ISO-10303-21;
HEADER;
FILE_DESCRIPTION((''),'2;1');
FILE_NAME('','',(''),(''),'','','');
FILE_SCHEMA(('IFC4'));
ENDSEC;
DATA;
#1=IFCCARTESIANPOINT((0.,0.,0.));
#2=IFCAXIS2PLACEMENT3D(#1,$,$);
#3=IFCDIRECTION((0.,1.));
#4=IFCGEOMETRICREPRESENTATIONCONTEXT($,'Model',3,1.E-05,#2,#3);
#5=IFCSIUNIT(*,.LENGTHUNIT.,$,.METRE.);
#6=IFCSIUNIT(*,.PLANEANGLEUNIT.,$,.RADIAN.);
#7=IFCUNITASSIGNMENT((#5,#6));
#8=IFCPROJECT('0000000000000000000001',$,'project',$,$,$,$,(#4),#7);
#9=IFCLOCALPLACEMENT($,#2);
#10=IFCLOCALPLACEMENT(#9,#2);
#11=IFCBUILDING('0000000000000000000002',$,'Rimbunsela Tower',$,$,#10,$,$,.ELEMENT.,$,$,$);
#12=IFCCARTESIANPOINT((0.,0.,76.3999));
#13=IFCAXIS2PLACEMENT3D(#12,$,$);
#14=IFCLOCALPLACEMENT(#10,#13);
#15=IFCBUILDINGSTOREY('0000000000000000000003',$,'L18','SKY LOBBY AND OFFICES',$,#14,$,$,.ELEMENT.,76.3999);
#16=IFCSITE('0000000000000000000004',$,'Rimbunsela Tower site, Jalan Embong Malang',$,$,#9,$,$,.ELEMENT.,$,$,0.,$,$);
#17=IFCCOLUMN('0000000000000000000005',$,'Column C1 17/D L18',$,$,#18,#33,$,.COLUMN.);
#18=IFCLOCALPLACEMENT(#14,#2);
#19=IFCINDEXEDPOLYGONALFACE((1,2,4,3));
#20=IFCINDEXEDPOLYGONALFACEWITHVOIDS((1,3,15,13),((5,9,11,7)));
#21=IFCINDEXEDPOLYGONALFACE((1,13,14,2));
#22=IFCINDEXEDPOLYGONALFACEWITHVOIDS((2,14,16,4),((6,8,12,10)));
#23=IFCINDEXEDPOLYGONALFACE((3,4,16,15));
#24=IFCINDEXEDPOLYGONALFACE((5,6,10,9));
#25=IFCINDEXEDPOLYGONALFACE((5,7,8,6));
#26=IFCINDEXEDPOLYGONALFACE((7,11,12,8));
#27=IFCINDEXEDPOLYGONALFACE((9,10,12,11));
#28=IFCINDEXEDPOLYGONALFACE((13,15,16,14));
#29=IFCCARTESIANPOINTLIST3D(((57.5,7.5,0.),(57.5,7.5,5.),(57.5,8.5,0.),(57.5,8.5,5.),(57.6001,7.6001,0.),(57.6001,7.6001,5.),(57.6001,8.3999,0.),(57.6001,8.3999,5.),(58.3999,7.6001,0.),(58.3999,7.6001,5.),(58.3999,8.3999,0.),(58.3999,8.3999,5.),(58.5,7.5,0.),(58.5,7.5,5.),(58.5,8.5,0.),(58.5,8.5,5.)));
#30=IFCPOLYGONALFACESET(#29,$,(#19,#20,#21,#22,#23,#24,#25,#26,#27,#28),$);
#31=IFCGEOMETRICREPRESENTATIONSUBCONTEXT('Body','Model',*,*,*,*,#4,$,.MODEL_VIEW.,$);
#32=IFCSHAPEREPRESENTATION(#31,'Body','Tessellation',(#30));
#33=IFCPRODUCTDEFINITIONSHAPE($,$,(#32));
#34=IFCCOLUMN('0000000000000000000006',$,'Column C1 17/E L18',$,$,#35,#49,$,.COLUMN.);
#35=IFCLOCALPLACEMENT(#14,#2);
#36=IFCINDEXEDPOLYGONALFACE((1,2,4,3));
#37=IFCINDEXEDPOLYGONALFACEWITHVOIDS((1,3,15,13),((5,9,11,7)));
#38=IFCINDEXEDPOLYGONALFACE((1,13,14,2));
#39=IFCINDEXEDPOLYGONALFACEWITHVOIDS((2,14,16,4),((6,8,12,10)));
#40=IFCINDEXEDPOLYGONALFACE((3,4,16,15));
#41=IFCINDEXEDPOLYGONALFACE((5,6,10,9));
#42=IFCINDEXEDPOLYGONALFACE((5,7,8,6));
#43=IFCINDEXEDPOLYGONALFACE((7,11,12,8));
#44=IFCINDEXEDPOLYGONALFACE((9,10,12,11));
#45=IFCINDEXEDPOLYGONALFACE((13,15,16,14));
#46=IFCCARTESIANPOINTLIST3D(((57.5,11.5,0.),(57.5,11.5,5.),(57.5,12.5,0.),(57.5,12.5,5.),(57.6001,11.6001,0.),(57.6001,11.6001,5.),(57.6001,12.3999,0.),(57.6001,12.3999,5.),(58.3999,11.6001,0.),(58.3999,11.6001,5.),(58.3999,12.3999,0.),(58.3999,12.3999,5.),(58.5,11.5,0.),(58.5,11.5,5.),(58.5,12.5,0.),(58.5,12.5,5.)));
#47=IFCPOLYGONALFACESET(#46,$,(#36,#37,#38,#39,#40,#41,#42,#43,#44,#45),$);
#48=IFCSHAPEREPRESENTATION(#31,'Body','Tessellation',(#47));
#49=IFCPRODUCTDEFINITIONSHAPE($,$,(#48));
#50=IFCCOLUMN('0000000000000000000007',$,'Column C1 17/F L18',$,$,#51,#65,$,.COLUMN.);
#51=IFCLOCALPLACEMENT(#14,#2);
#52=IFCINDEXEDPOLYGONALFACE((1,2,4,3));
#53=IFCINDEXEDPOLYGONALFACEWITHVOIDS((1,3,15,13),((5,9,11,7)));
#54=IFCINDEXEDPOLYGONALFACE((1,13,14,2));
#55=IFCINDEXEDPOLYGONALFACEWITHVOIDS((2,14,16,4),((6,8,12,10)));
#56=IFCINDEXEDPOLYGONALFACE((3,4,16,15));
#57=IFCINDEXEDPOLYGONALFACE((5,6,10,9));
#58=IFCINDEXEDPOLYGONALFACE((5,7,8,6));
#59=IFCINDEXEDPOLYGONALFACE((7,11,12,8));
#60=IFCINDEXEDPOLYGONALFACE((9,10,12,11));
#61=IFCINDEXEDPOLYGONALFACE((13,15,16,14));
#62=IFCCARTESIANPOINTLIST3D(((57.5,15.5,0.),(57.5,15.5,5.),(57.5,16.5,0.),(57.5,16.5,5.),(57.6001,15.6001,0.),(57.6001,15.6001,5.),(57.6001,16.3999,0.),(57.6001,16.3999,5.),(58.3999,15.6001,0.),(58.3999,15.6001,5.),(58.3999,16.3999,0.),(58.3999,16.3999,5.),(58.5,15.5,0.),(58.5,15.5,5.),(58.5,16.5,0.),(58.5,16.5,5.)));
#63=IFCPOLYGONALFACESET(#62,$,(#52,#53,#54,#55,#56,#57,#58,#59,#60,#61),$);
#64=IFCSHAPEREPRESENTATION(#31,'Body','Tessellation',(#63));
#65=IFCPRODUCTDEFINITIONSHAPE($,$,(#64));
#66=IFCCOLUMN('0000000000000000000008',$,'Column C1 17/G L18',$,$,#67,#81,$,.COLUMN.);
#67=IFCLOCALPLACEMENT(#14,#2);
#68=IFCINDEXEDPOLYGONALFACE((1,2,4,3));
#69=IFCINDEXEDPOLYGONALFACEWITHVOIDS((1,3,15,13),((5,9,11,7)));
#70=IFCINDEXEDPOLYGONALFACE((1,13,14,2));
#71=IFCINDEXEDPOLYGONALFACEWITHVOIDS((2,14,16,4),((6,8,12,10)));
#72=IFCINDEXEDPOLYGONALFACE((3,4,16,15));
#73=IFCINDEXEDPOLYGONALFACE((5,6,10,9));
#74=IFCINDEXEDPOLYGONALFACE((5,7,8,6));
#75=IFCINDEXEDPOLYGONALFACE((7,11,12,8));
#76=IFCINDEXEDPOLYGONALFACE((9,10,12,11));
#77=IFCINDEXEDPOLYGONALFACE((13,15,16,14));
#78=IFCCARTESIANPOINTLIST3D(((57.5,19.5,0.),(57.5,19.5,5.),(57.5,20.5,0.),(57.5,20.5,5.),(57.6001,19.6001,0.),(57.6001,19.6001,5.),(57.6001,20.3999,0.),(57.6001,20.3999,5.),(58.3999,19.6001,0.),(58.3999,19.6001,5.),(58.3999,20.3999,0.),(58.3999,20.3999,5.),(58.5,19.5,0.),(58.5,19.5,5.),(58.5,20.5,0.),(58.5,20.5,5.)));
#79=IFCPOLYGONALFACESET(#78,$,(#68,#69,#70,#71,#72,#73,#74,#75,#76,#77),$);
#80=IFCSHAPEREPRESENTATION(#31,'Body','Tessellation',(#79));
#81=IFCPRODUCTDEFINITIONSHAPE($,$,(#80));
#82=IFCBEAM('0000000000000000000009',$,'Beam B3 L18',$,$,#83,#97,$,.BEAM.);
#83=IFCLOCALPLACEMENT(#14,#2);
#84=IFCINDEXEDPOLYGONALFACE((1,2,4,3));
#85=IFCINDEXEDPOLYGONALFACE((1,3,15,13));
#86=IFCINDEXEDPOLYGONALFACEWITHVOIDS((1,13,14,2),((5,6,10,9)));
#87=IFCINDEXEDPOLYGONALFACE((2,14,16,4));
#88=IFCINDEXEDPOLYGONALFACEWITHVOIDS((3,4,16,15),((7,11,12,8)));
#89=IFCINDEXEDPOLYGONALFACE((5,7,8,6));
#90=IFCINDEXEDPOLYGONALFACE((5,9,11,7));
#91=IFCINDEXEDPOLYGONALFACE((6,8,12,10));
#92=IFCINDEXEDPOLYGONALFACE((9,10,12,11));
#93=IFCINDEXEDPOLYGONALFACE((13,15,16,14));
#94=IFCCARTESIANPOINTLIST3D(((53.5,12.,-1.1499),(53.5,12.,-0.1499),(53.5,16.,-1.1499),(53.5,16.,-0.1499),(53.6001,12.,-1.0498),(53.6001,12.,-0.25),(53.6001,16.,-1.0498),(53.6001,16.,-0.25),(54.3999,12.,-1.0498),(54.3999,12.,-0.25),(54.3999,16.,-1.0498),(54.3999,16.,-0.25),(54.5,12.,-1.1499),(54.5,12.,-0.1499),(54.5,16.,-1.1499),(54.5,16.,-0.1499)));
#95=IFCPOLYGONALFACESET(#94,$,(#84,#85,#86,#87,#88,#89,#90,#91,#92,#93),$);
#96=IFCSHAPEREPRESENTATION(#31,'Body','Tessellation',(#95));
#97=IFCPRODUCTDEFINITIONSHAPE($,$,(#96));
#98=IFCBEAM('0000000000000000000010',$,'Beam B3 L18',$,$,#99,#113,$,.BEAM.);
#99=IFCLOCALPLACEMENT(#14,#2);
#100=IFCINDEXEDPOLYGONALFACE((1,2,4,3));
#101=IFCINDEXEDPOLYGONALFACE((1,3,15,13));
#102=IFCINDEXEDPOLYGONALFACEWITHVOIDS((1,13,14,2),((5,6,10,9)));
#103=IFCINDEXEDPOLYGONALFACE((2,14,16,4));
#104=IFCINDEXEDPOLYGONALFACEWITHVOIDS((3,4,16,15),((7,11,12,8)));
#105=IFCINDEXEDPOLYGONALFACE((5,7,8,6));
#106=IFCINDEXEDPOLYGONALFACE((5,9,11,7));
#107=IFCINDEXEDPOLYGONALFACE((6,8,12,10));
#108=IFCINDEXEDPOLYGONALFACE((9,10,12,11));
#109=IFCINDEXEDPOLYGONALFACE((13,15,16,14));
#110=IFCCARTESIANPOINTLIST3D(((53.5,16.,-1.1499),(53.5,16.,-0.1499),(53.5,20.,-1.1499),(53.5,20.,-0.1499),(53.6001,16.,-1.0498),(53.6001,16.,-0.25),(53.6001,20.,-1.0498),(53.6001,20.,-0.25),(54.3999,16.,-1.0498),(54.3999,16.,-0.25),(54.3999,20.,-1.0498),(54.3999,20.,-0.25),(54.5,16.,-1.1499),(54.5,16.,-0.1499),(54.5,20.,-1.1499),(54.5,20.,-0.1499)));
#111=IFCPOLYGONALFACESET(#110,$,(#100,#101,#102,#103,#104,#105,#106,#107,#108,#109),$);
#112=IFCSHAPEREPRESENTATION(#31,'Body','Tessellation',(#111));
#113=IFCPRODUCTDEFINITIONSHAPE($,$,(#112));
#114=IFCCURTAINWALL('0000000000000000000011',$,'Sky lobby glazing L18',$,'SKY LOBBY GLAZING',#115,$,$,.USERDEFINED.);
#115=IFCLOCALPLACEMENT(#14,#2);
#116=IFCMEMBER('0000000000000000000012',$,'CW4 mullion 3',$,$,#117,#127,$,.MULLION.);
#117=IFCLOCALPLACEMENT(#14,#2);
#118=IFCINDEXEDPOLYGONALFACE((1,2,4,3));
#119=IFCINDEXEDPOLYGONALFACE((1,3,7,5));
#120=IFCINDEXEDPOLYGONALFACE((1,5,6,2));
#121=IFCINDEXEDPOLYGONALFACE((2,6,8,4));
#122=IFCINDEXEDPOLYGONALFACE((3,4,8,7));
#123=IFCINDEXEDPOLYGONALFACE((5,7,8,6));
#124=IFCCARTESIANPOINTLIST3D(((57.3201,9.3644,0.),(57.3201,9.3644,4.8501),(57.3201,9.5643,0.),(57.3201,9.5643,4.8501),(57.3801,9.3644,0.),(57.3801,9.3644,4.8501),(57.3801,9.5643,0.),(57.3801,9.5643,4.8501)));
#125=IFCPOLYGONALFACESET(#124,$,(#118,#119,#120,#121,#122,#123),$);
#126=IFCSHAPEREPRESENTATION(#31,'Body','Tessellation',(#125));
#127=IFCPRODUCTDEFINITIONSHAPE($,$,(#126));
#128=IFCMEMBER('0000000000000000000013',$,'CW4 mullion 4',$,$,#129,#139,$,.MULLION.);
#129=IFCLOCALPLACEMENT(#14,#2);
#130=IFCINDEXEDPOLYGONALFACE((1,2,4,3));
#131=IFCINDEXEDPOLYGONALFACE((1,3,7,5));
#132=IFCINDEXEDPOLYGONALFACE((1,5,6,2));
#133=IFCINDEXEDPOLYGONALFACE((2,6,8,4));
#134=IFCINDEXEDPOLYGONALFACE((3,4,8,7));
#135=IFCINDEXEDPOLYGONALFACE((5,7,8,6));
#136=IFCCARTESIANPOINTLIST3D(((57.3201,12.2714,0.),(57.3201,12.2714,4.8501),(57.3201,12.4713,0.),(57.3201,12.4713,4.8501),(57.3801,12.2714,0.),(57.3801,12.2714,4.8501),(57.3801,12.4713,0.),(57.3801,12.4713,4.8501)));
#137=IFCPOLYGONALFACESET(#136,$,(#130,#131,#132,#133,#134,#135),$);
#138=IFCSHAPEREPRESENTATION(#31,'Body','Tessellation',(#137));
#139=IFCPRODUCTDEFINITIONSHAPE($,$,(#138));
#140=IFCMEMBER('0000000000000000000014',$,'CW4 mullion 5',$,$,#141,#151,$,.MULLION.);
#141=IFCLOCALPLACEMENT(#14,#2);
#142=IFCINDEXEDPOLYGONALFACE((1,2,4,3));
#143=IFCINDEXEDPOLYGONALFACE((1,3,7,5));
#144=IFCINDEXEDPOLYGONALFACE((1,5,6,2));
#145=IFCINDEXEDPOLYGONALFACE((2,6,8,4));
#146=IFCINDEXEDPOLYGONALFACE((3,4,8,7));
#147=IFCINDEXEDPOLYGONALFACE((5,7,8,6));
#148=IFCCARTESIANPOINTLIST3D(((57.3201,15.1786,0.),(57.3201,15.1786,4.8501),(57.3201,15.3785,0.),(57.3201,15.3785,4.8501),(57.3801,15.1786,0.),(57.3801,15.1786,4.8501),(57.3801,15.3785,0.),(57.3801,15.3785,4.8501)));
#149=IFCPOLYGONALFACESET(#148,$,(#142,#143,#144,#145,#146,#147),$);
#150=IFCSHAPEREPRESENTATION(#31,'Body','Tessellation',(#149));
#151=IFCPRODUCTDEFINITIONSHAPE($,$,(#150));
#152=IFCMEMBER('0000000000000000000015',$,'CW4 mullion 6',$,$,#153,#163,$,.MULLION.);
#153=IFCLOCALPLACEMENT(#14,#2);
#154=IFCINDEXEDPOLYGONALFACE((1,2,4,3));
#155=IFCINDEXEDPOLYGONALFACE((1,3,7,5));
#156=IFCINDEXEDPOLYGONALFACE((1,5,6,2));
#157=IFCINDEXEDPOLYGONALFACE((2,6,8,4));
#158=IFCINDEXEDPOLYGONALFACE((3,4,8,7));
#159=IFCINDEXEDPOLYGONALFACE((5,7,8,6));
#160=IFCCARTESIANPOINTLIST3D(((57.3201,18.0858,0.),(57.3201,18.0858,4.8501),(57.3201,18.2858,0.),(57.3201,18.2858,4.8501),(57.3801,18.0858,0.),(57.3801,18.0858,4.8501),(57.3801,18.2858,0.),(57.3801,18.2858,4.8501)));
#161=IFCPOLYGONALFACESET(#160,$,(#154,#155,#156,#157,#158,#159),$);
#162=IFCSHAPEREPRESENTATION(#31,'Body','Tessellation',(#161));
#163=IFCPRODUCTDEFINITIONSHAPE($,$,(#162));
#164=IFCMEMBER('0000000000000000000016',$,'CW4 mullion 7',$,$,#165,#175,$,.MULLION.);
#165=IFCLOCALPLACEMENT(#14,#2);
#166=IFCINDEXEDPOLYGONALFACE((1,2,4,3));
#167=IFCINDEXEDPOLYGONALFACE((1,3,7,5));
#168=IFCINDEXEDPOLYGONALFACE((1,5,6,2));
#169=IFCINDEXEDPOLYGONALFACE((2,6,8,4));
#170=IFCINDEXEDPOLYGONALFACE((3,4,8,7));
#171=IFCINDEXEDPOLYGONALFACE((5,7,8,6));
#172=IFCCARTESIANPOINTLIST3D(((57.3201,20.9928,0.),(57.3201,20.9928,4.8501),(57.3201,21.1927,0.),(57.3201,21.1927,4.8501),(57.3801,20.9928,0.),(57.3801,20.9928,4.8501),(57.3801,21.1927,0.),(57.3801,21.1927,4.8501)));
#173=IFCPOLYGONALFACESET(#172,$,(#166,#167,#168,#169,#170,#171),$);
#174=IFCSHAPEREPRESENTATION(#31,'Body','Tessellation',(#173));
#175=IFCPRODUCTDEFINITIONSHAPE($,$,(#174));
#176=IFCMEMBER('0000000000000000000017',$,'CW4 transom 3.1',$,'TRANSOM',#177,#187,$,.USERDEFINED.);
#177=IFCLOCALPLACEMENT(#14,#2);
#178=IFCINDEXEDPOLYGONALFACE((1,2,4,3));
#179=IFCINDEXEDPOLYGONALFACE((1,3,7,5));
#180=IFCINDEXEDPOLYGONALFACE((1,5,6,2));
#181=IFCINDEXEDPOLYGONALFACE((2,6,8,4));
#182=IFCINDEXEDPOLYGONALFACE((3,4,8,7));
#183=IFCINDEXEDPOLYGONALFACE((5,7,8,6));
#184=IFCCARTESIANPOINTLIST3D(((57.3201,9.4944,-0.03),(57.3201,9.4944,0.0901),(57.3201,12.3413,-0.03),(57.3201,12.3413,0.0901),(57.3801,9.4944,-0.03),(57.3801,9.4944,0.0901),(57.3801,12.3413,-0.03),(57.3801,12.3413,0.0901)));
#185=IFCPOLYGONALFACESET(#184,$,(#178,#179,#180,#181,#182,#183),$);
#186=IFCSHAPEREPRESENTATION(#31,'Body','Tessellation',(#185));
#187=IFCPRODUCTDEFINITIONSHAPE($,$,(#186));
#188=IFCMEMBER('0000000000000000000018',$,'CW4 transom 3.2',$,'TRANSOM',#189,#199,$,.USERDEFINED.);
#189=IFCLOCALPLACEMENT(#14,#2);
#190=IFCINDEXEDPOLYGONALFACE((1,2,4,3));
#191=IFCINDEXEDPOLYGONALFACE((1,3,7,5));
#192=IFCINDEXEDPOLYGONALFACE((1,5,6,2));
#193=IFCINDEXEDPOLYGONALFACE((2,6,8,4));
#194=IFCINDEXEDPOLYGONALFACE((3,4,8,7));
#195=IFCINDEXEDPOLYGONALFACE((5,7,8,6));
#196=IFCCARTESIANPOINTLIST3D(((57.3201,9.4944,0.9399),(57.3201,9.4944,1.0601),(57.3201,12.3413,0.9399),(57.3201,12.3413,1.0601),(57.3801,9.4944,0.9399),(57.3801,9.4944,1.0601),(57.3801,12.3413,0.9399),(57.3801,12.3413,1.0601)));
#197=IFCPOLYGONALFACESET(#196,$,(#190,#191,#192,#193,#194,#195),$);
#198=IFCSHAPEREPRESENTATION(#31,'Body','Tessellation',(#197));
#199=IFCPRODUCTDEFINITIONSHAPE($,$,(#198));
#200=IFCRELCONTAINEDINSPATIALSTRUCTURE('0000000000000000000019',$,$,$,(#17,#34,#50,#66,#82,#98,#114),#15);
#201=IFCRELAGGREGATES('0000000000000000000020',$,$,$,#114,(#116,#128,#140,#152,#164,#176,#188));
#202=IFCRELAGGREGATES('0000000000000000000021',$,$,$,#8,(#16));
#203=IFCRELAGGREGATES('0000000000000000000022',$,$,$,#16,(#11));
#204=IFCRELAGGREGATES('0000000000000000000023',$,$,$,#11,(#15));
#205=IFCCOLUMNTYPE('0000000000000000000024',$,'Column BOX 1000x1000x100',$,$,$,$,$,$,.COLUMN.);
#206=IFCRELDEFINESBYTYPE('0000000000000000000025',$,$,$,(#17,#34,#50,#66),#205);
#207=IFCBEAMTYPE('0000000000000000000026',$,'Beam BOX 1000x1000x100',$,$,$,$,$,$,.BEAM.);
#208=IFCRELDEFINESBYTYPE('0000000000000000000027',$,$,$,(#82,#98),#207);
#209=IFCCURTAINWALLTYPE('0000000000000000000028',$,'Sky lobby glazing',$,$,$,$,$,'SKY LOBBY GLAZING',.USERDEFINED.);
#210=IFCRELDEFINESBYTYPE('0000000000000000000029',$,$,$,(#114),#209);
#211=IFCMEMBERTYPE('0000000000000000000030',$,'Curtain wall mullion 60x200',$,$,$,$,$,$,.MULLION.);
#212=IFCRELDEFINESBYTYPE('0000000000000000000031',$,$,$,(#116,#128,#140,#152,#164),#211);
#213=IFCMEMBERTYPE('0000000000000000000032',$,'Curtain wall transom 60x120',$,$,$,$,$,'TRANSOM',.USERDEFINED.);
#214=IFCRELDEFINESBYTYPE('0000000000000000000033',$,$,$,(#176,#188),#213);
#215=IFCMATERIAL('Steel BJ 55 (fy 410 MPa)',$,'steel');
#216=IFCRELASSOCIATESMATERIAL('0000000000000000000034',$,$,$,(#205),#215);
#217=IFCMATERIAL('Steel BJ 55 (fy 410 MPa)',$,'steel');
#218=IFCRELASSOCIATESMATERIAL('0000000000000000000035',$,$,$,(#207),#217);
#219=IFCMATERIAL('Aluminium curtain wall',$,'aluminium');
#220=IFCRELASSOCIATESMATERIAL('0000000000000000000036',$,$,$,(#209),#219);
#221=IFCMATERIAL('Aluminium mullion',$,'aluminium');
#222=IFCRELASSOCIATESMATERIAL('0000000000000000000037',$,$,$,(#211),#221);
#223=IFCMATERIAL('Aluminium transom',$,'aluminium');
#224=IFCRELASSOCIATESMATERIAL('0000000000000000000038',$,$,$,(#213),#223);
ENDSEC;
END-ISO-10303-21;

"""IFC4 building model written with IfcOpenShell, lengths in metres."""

from ifc_helpers import new_model, si_unit, direction, frame, origin, origin_2d, place, context, subcontext, project, spatial, rectangle, hollow_rectangle, extrude, material, material_profile, profile_set, type_object, element, aggregate, save


model = new_model("IFC4")

# Units and contexts
model_context = context("Model", 3, precision=1e-05, world=origin(), true_north=direction((0.0, 1.0)))
body_context = subcontext(model_context, "Body", "Model", "MODEL_VIEW")
ifc_project = project(units=[si_unit("LENGTHUNIT", "METRE"), si_unit("PLANEANGLEUNIT", "RADIAN")], contexts=[model_context])

# Site, building, storey
site_placement = place(None, origin())
site = spatial("IfcSite", under=ifc_project, at=site_placement, Name="Rimbunsela Tower site, Jalan Embong Malang", CompositionType="ELEMENT", RefElevation=0.0)
building_placement = place(site_placement, origin())
building = spatial("IfcBuilding", under=site, at=building_placement, Name="Rimbunsela Tower", CompositionType="ELEMENT")
storey_placement = place(building_placement, frame((0.0, 0.0, 76.3999)))
storey = spatial("IfcBuildingStorey", under=building, at=storey_placement, Name="L18", Description="SKY LOBBY AND OFFICES", CompositionType="ELEMENT", Elevation=76.3999)

# Columns
ifc_material_1 = material(Name="Steel BJ 55 (fy 410 MPa)", Category="steel")
ifc_material_profile_1 = material_profile(ifc_material_1, hollow_rectangle(XDim=1.0, YDim=1.0, WallThickness=0.1001, at=origin_2d()), Name="BOX 1000x1000x100")
ifc_profile_set_1 = profile_set([ifc_material_profile_1], Name="Steel BJ 55 (fy 410 MPa)")
column_type = type_object("IfcColumnType", Name="Column BOX 1000x1000x100", PredefinedType="COLUMN", material=ifc_profile_set_1)
for number, where, z_axis, x_axis, name in (
    (1, (58.0, 8.0, 0.0), (0.0, 0.0, 1.0), (1.0, 0.0, 0.0), "Column C1 17/D L18"),
    (2, (58.0, 12.0, 0.0), (0.0, 0.0, 1.0), (1.0, 0.0, 0.0), "Column C1 17/E L18"),
    (3, (58.0, 16.0, 0.0), (0.0, 0.0, 1.0), (1.0, 0.0, 0.0), "Column C1 17/F L18"),
    (4, (58.0, 20.0, 0.0), (0.0, 0.0, 1.0), (1.0, 0.0, 0.0), "Column C1 17/G L18"),
):
    element("IfcColumn", number, at=place(storey_placement, frame(where, z_axis=z_axis, x_axis=x_axis)), inside=storey, type_object=column_type, Name=name, PredefinedType="COLUMN", context=body_context, shape_type="SweptSolid", body=[
        extrude(hollow_rectangle(XDim=1.0, YDim=1.0, WallThickness=0.1001, at=origin_2d()), origin(), (0.0, 0.0, 1.0), 5.0),
    ])

# Beams
ifc_material_2 = material(Name="Steel BJ 55 (fy 410 MPa)", Category="steel")
ifc_material_profile_2 = material_profile(ifc_material_2, hollow_rectangle(XDim=1.0, YDim=1.0, WallThickness=0.1001, at=origin_2d()), Name="BOX 1000x1000x100")
ifc_profile_set_2 = profile_set([ifc_material_profile_2], Name="Steel BJ 55 (fy 410 MPa)")
beam_type = type_object("IfcBeamType", Name="Beam BOX 1000x1000x100", PredefinedType="BEAM", material=ifc_profile_set_2)
for number, where, z_axis, x_axis, name in (
    (5, (54.0, 12.0, -0.6499), (0.0, 1.0, 0.0), (-1.0, 0.0, 0.0), "Beam B3 L18"),
    (6, (54.0, 16.0, -0.6499), (0.0, 1.0, 0.0), (-1.0, 0.0, 0.0), "Beam B3 L18"),
):
    element("IfcBeam", number, at=place(storey_placement, frame(where, z_axis=z_axis, x_axis=x_axis)), inside=storey, type_object=beam_type, Name=name, PredefinedType="BEAM", context=body_context, shape_type="SweptSolid", body=[
        extrude(hollow_rectangle(XDim=1.0, YDim=1.0, WallThickness=0.1001, at=origin_2d()), origin(), (0.0, 0.0, 1.0), 4.0),
    ])

# Curtain wall, members
ifc_material_3 = material(Name="Aluminium curtain wall", Category="aluminium")
curtain_wall_type = type_object("IfcCurtainWallType", Name="Sky lobby glazing", ElementType="SKY LOBBY GLAZING", PredefinedType="USERDEFINED", material=ifc_material_3)
curtain_wall_placement = place(storey_placement, origin())
curtain_wall = element("IfcCurtainWall", 7, at=curtain_wall_placement, inside=storey, type_object=curtain_wall_type, Name="Sky lobby glazing L18", ObjectType="SKY LOBBY GLAZING", PredefinedType="USERDEFINED")
ifc_material_4 = material(Name="Aluminium mullion", Category="aluminium")
ifc_material_profile_3 = material_profile(ifc_material_4, rectangle(XDim=0.0601, YDim=0.2, at=origin_2d()), Name="Mullion 60x200")
ifc_profile_set_3 = profile_set([ifc_material_profile_3], Name="Aluminium mullion")
member_type_1 = type_object("IfcMemberType", Name="Curtain wall mullion 60x200", PredefinedType="MULLION", material=ifc_profile_set_3)
member_1_placement = place(storey_placement, frame((57.3501, 9.4644, 0.0), z_axis=(0.0, 0.0, 1.0), x_axis=(-1.0, 0.0, 0.0)))
member_1 = element("IfcMember", 8, at=member_1_placement, type_object=member_type_1, Name="CW4 mullion 3", PredefinedType="MULLION", context=body_context, shape_type="SweptSolid", body=[
    extrude(rectangle(XDim=0.0601, YDim=0.2, at=origin_2d()), origin(), (0.0, 0.0, 1.0), 4.8501),
])
member_2_placement = place(storey_placement, frame((57.3501, 12.3713, 0.0), z_axis=(0.0, 0.0, 1.0), x_axis=(-1.0, 0.0, 0.0)))
member_2 = element("IfcMember", 9, at=member_2_placement, type_object=member_type_1, Name="CW4 mullion 4", PredefinedType="MULLION", context=body_context, shape_type="SweptSolid", body=[
    extrude(rectangle(XDim=0.0601, YDim=0.2, at=origin_2d()), origin(), (0.0, 0.0, 1.0), 4.8501),
])
member_3_placement = place(storey_placement, frame((57.3501, 15.2786, 0.0), z_axis=(0.0, 0.0, 1.0), x_axis=(-1.0, 0.0, 0.0)))
member_3 = element("IfcMember", 10, at=member_3_placement, type_object=member_type_1, Name="CW4 mullion 5", PredefinedType="MULLION", context=body_context, shape_type="SweptSolid", body=[
    extrude(rectangle(XDim=0.0601, YDim=0.2, at=origin_2d()), origin(), (0.0, 0.0, 1.0), 4.8501),
])
member_4_placement = place(storey_placement, frame((57.3501, 18.1858, 0.0), z_axis=(0.0, 0.0, 1.0), x_axis=(-1.0, 0.0, 0.0)))
member_4 = element("IfcMember", 11, at=member_4_placement, type_object=member_type_1, Name="CW4 mullion 6", PredefinedType="MULLION", context=body_context, shape_type="SweptSolid", body=[
    extrude(rectangle(XDim=0.0601, YDim=0.2, at=origin_2d()), origin(), (0.0, 0.0, 1.0), 4.8501),
])
member_5_placement = place(storey_placement, frame((57.3501, 21.0928, 0.0), z_axis=(0.0, 0.0, 1.0), x_axis=(-1.0, 0.0, 0.0)))
member_5 = element("IfcMember", 12, at=member_5_placement, type_object=member_type_1, Name="CW4 mullion 7", PredefinedType="MULLION", context=body_context, shape_type="SweptSolid", body=[
    extrude(rectangle(XDim=0.0601, YDim=0.2, at=origin_2d()), origin(), (0.0, 0.0, 1.0), 4.8501),
])
ifc_material_5 = material(Name="Aluminium transom", Category="aluminium")
ifc_material_profile_4 = material_profile(ifc_material_5, rectangle(XDim=0.0601, YDim=0.1201, at=origin_2d()), Name="Transom 60x120")
ifc_profile_set_4 = profile_set([ifc_material_profile_4], Name="Aluminium transom")
member_type_2 = type_object("IfcMemberType", Name="Curtain wall transom 60x120", ElementType="TRANSOM", PredefinedType="USERDEFINED", material=ifc_profile_set_4)
member_6_placement = place(storey_placement, frame((57.3501, 9.4944, 0.03), z_axis=(0.0, 1.0, 0.0), x_axis=(-1.0, 0.0, 0.0)))
member_6 = element("IfcMember", 13, at=member_6_placement, type_object=member_type_2, Name="CW4 transom 3.1", ObjectType="TRANSOM", PredefinedType="USERDEFINED", context=body_context, shape_type="SweptSolid", body=[
    extrude(rectangle(XDim=0.0601, YDim=0.1201, at=origin_2d()), origin(), (0.0, 0.0, 1.0), 2.8469),
])
member_7_placement = place(storey_placement, frame((57.3501, 9.4944, 1.0), z_axis=(0.0, 1.0, 0.0), x_axis=(-1.0, 0.0, 0.0)))
member_7 = element("IfcMember", 14, at=member_7_placement, type_object=member_type_2, Name="CW4 transom 3.2", ObjectType="TRANSOM", PredefinedType="USERDEFINED", context=body_context, shape_type="SweptSolid", body=[
    extrude(rectangle(XDim=0.0601, YDim=0.1201, at=origin_2d()), origin(), (0.0, 0.0, 1.0), 2.8469),
])
aggregate(curtain_wall, [member_1, member_2, member_3, member_4, member_5, member_6, member_7])

save(model, "model.ifc")
